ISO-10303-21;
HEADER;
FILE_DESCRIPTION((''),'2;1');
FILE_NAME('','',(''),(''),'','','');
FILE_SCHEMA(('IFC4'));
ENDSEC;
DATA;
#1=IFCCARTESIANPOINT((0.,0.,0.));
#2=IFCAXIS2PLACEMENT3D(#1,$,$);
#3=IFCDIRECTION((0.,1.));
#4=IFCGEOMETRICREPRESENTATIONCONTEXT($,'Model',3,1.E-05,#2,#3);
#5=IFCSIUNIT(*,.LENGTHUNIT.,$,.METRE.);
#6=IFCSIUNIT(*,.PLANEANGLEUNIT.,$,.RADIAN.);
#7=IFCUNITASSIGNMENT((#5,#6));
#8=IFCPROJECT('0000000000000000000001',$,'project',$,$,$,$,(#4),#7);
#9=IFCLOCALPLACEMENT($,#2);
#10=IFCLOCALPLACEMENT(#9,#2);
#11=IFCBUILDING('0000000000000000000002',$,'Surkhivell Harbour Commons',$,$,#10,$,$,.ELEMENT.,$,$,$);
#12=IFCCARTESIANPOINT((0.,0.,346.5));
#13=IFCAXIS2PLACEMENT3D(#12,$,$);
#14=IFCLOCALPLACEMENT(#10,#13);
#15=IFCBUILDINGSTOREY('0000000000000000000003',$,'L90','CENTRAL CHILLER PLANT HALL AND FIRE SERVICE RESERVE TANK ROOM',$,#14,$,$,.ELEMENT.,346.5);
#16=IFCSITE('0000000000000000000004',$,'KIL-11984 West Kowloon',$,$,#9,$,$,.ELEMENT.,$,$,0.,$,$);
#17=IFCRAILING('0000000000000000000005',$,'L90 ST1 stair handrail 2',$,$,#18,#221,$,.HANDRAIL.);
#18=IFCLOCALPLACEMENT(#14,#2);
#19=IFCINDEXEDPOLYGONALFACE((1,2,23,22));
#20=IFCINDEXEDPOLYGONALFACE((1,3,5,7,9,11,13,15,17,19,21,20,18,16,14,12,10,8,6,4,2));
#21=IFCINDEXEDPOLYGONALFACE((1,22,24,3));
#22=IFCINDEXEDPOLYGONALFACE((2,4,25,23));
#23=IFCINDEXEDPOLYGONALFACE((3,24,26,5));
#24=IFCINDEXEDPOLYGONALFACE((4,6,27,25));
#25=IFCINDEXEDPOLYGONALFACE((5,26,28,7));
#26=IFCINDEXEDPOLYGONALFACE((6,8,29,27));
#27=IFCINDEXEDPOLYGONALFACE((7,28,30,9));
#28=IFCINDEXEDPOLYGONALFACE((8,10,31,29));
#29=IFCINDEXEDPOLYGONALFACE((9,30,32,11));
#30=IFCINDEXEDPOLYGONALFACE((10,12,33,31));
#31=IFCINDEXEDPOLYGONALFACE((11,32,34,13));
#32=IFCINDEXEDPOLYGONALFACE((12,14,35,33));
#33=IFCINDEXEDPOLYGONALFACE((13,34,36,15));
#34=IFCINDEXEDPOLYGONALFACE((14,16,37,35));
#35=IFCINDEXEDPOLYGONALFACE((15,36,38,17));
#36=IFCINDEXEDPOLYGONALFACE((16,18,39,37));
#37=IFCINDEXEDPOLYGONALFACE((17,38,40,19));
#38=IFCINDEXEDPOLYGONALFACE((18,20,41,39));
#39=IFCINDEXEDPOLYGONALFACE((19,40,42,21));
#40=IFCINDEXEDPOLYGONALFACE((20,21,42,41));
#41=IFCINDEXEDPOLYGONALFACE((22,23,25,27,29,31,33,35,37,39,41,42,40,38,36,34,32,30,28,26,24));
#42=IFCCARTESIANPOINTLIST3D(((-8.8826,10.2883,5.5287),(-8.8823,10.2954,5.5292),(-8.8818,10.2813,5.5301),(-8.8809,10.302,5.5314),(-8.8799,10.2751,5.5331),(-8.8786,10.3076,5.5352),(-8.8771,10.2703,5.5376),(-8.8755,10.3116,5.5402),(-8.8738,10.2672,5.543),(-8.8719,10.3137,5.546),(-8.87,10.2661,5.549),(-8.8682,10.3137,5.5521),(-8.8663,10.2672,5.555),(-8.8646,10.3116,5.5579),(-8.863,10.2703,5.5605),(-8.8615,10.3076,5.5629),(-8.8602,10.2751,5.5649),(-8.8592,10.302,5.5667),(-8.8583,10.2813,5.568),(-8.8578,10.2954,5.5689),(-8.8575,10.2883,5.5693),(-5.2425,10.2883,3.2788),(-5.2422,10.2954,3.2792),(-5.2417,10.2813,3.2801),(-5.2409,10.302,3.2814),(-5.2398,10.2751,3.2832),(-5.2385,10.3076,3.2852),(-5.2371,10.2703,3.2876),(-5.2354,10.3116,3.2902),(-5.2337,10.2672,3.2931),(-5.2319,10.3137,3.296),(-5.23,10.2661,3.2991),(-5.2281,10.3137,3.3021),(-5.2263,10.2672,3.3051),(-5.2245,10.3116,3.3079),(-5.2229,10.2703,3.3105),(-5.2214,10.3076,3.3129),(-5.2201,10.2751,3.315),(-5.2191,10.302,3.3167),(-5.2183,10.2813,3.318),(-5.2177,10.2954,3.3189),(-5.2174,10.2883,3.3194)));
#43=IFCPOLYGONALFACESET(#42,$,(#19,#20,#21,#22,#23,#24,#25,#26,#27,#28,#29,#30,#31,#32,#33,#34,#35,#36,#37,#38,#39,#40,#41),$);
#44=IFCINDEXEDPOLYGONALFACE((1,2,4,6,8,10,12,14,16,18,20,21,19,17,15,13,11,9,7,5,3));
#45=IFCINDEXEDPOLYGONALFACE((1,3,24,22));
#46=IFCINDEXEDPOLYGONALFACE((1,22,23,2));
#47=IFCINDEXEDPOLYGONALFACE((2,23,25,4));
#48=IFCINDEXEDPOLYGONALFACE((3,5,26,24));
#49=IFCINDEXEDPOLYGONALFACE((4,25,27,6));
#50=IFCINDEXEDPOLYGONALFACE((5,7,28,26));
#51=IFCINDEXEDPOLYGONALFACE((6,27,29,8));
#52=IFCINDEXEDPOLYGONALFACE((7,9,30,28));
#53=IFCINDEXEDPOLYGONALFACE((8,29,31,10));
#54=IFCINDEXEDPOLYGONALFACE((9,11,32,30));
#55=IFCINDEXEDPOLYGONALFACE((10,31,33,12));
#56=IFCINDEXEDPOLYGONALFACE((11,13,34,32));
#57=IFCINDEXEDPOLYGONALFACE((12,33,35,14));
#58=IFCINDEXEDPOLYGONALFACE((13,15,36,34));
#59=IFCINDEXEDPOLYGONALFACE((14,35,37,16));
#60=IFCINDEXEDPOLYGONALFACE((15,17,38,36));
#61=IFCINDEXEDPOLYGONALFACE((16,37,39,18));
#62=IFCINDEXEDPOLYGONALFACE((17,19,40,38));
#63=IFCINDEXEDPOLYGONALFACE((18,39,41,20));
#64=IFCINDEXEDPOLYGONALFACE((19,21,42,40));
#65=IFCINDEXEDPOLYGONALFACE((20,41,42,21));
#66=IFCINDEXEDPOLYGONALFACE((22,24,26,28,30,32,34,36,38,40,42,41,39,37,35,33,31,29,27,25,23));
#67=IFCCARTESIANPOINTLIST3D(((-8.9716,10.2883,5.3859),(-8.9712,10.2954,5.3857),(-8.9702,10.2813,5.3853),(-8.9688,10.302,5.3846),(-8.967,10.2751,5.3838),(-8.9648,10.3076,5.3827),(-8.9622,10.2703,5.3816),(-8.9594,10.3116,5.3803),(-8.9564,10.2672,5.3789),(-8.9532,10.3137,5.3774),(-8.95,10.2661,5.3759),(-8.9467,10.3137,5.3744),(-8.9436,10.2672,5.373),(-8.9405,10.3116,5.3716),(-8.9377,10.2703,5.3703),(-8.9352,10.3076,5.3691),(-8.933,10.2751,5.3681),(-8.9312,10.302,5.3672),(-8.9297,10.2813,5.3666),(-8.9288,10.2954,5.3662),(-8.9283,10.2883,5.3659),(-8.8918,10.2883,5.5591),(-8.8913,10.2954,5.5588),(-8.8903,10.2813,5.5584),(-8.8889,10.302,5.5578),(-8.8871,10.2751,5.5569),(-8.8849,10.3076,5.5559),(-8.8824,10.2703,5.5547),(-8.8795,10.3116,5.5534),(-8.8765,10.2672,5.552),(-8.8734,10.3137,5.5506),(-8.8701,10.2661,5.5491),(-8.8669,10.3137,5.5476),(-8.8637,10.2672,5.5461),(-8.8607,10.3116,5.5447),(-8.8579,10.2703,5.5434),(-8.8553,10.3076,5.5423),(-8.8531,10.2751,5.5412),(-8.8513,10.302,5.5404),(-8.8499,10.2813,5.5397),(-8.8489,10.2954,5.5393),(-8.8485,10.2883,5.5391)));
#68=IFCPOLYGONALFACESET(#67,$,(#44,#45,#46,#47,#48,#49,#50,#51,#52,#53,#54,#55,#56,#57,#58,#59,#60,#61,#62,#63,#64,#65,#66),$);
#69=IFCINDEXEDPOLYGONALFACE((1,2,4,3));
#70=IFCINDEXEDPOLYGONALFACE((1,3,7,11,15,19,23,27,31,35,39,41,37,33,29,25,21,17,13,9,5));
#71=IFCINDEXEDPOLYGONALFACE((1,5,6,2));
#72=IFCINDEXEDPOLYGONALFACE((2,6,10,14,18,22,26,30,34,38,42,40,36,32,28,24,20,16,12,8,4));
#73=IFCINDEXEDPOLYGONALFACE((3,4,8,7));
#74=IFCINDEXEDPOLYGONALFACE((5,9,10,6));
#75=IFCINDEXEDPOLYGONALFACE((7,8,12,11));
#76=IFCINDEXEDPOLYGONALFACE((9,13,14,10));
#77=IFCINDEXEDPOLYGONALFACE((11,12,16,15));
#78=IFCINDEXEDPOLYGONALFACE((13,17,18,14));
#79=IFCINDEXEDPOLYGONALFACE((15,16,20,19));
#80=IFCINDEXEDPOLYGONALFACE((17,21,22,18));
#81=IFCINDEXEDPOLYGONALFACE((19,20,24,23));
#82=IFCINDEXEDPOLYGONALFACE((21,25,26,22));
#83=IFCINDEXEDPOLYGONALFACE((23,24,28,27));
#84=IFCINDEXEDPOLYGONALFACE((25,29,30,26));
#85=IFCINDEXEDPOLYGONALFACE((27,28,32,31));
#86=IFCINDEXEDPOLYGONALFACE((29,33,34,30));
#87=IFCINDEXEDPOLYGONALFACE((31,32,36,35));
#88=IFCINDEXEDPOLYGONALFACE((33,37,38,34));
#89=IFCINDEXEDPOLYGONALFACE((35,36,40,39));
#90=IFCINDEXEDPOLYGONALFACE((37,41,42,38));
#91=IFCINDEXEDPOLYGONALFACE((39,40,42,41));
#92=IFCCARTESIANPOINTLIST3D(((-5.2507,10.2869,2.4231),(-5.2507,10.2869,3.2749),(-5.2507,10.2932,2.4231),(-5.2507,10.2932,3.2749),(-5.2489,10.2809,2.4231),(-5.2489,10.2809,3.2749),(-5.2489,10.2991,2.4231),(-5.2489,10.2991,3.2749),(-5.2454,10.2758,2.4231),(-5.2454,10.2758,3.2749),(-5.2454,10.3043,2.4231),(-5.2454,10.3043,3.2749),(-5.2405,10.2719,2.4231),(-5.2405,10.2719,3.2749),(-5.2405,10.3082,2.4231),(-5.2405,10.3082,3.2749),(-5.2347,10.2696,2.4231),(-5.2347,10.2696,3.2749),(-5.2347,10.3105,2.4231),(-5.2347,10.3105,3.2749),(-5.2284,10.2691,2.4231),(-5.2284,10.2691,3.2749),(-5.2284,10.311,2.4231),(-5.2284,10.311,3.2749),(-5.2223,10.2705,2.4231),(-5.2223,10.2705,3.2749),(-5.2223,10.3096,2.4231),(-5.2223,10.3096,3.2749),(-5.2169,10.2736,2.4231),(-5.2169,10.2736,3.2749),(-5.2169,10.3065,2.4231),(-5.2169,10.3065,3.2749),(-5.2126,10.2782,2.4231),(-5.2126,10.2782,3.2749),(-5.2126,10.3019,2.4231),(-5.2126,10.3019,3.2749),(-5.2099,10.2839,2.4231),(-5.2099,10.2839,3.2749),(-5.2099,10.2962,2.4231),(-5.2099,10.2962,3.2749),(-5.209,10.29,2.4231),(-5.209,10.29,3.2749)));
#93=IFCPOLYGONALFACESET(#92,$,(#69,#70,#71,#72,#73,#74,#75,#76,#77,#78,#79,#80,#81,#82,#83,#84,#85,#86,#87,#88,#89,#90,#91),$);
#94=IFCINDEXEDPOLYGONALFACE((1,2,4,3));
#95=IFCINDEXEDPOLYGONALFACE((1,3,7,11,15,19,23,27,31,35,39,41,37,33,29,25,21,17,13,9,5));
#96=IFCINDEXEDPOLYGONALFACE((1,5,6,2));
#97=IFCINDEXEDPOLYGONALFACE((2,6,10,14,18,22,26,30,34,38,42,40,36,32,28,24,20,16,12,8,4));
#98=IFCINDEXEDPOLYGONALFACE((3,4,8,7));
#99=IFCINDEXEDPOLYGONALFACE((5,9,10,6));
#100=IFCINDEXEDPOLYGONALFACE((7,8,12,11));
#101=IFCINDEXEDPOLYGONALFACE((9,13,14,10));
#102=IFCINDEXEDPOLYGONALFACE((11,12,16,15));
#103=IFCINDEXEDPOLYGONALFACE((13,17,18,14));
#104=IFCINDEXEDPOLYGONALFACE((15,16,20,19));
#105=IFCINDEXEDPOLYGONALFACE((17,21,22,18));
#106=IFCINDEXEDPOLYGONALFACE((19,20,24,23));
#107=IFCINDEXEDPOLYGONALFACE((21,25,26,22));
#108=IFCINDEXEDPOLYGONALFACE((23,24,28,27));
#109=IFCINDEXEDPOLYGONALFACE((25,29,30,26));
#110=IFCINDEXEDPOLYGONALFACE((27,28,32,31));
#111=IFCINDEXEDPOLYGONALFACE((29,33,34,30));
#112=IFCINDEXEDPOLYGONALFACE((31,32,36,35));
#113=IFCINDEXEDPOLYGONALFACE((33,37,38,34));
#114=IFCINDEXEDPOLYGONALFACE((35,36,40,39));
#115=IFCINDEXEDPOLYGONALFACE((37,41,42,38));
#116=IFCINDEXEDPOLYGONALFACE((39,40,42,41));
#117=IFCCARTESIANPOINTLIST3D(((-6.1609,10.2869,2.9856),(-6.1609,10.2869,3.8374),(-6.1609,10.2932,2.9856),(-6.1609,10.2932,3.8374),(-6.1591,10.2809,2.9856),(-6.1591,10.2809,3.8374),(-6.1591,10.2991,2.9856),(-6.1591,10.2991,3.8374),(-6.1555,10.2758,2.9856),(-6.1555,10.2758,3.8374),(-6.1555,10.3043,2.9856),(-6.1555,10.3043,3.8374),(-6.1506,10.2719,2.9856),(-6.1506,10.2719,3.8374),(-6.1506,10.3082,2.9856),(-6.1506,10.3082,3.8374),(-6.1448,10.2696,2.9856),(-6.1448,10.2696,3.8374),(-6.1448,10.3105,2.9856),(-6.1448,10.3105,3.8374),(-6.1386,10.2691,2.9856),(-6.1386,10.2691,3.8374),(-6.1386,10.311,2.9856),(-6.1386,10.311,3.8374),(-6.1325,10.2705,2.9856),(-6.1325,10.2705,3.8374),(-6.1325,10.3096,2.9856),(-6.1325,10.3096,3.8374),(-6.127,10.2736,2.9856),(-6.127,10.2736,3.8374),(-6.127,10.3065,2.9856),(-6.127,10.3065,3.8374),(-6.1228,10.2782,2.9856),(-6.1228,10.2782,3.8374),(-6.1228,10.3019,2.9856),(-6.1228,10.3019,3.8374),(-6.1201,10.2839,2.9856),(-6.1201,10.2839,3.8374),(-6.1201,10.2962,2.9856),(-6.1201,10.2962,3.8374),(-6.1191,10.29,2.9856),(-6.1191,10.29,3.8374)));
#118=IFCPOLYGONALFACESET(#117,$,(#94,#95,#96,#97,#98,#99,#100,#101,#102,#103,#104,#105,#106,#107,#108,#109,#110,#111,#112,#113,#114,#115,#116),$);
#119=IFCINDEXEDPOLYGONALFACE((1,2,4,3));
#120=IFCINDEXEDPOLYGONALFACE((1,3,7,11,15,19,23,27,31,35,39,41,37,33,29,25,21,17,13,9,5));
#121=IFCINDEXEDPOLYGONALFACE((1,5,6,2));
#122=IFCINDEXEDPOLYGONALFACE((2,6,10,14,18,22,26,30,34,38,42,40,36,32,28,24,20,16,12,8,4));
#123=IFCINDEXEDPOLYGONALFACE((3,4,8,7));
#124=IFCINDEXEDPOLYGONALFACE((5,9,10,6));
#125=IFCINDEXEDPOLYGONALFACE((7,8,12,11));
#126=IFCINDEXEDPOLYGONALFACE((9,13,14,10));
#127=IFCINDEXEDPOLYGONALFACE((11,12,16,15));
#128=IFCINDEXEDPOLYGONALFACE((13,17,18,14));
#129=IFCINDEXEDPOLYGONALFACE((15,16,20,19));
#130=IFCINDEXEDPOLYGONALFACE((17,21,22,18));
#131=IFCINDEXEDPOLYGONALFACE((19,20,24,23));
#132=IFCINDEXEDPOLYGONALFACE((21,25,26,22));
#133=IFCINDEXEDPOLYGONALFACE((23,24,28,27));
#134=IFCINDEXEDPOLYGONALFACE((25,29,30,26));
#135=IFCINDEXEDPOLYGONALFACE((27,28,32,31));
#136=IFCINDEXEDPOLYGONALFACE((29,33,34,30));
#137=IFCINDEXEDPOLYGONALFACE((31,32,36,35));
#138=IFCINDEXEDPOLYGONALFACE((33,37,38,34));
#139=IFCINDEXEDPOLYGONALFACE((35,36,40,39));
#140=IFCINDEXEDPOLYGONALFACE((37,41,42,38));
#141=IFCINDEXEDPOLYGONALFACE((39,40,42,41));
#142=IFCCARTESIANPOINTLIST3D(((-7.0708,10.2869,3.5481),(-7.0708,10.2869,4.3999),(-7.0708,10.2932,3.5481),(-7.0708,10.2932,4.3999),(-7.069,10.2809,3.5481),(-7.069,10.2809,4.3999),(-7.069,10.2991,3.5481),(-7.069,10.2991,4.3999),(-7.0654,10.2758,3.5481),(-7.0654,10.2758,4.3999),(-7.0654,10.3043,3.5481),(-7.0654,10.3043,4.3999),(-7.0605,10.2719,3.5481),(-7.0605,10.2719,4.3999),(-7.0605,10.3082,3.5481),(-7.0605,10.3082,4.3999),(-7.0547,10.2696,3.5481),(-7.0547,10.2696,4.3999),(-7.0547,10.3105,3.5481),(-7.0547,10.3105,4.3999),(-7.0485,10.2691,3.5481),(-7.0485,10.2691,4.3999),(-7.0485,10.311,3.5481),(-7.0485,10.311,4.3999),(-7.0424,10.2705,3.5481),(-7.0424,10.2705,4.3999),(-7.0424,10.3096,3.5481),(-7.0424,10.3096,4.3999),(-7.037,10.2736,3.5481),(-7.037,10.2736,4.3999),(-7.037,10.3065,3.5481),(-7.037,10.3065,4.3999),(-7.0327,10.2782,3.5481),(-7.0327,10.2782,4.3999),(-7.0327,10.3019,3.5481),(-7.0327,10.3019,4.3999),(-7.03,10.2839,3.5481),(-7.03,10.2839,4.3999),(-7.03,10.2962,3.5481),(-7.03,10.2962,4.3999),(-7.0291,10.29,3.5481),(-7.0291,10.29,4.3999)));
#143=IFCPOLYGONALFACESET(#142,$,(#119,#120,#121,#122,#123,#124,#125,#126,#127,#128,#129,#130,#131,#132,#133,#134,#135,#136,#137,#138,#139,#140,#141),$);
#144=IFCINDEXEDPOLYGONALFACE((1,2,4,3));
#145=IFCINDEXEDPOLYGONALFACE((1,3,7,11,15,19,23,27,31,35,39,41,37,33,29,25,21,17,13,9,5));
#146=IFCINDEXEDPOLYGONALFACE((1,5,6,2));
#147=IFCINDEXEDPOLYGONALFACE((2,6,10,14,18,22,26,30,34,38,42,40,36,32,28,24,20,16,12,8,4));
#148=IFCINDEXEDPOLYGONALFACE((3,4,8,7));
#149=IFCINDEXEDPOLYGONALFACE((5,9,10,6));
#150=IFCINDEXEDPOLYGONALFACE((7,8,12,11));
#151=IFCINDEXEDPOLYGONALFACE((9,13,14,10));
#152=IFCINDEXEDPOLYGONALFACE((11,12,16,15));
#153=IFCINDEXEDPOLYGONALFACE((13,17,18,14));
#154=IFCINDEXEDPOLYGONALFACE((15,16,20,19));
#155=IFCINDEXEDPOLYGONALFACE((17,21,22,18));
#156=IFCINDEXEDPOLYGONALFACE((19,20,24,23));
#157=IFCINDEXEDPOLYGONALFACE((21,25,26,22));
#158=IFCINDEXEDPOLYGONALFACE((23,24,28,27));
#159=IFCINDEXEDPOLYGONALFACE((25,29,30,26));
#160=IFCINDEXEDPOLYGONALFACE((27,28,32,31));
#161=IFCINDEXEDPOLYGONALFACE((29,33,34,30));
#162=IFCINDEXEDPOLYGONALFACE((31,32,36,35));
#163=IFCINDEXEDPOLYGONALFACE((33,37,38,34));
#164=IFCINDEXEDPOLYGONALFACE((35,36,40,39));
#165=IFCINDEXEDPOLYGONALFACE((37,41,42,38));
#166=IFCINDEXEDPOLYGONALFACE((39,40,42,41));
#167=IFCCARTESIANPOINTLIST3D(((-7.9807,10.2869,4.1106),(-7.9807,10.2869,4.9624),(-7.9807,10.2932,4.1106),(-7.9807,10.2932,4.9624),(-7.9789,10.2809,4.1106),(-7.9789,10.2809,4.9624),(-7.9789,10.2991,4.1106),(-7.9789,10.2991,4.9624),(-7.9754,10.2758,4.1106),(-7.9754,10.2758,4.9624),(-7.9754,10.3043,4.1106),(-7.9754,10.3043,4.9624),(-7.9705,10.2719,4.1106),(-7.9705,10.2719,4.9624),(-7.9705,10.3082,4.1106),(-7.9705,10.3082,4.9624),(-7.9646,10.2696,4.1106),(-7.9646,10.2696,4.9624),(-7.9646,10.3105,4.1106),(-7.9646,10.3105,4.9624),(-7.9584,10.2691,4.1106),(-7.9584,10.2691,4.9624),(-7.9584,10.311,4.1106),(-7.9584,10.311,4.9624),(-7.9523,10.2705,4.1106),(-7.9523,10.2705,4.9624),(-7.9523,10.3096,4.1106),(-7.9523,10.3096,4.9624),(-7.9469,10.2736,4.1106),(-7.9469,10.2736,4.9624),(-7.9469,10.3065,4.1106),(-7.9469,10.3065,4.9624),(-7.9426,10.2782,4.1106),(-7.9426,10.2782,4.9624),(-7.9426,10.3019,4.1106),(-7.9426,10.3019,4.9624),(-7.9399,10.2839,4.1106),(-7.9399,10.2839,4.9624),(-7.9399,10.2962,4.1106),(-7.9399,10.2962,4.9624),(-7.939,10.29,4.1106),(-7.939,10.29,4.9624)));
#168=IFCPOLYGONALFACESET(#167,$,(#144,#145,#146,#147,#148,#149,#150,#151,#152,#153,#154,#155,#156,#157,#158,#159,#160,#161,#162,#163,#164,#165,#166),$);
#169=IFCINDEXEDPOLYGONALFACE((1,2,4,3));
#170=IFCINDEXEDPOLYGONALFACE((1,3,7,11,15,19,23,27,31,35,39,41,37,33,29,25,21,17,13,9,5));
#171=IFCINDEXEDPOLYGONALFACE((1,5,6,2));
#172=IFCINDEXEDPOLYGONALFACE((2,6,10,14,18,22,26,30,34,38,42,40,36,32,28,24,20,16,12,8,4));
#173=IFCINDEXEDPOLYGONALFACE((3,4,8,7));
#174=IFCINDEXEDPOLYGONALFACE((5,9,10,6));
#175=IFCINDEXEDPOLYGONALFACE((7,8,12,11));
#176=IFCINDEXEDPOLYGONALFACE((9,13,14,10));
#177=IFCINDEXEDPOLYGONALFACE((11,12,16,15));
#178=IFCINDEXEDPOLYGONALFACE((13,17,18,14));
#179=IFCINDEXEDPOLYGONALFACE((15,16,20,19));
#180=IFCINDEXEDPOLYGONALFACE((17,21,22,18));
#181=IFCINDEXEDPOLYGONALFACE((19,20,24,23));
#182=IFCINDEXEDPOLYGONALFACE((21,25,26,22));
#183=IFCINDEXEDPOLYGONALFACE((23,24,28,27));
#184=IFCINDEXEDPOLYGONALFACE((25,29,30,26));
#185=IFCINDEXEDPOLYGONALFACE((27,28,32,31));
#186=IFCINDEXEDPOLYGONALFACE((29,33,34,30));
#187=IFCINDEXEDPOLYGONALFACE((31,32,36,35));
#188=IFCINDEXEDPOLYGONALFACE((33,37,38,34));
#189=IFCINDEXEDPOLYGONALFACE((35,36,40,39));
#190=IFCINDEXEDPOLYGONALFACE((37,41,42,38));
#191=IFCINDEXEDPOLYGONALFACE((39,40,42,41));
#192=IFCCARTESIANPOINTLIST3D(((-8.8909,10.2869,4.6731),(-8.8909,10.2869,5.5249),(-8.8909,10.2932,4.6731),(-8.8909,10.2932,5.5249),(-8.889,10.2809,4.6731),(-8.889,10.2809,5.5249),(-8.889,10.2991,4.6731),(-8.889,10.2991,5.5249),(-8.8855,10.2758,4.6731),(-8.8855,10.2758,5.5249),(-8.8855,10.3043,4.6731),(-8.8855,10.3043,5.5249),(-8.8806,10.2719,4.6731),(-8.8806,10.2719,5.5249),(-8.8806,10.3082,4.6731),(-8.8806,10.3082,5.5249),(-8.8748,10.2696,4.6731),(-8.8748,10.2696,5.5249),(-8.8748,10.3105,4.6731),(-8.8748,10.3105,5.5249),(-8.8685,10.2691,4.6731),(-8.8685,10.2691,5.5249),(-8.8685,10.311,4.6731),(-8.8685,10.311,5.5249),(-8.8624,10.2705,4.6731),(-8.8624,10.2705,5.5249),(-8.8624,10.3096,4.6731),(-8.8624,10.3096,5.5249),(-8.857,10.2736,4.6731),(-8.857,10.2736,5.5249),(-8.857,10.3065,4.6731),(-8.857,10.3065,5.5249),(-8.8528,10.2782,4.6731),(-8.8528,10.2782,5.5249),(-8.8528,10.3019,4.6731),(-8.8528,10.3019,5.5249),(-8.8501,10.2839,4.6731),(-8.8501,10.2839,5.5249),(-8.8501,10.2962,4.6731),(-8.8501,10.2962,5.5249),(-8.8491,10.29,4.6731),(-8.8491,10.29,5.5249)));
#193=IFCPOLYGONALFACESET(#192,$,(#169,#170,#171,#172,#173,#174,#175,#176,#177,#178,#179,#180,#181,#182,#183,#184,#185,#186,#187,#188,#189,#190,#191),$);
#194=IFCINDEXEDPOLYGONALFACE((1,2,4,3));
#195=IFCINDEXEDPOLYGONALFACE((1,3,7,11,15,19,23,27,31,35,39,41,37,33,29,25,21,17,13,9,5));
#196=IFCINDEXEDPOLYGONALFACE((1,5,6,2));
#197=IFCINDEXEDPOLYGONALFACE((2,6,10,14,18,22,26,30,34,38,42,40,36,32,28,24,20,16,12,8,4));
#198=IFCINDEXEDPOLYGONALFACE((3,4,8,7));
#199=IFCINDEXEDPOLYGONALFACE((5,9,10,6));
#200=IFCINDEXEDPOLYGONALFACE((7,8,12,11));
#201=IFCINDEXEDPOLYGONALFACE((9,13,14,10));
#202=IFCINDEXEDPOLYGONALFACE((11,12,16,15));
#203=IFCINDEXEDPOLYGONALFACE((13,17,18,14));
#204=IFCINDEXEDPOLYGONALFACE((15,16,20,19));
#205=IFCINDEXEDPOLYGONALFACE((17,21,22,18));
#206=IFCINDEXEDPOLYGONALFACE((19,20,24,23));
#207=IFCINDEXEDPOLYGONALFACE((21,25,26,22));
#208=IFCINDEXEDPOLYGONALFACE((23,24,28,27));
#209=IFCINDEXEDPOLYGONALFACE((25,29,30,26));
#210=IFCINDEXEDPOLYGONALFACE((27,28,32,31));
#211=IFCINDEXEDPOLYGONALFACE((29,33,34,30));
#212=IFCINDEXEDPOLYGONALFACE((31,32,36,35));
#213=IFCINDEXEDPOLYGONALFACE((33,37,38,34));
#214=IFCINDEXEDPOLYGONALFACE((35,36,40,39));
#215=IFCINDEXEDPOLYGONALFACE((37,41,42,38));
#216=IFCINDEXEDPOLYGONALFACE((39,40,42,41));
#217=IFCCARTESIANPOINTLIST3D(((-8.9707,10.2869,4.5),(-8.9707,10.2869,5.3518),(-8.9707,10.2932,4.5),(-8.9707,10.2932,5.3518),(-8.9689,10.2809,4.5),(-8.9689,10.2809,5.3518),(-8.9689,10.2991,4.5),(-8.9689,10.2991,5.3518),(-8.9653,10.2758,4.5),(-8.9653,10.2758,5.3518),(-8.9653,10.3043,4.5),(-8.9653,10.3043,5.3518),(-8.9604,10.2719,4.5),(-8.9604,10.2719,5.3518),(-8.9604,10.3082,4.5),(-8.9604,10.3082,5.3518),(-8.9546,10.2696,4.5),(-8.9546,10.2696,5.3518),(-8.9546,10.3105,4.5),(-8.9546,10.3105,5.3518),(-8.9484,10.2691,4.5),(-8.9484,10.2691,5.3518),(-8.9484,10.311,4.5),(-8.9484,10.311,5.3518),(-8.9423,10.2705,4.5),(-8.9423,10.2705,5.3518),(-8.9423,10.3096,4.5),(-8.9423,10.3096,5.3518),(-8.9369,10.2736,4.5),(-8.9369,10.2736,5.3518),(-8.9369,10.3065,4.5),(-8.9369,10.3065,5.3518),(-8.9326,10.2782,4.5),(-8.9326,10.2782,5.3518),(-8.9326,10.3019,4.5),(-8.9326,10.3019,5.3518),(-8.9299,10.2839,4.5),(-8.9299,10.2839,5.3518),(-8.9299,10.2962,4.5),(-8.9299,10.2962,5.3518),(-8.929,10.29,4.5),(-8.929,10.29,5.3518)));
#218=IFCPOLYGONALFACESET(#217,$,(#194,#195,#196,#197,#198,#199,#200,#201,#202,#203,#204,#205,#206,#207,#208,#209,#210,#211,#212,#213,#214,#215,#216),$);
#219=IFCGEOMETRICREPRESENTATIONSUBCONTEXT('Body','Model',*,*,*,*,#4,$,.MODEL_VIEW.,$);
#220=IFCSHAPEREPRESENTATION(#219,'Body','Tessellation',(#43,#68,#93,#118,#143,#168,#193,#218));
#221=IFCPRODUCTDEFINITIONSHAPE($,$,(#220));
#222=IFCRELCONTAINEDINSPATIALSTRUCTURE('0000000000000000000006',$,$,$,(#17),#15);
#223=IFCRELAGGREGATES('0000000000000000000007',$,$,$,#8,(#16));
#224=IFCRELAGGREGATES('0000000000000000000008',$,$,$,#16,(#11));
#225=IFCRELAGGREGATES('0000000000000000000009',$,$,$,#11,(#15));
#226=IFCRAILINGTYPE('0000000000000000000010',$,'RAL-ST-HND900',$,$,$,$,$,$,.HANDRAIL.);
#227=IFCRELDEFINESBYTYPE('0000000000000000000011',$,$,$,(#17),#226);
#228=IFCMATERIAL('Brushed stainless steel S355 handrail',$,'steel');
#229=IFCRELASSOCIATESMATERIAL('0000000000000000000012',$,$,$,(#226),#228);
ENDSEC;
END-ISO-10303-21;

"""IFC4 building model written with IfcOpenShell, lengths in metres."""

from ifc_helpers import new_model, si_unit, direction, frame, origin, origin_2d, place, context, subcontext, project, spatial, circle, extrude, material, type_object, element, save


model = new_model("IFC4")

# Units and contexts
model_context = context("Model", 3, precision=1e-05, world=origin(), true_north=direction((0.0, 1.0)))
body_context = subcontext(model_context, "Body", "Model", "MODEL_VIEW")
ifc_project = project(units=[si_unit("LENGTHUNIT", "METRE"), si_unit("PLANEANGLEUNIT", "RADIAN")], contexts=[model_context])

# Site, building, storey
site_placement = place(None, origin())
site = spatial("IfcSite", under=ifc_project, at=site_placement, Name="KIL-11984 West Kowloon", CompositionType="ELEMENT", RefElevation=0.0)
building_placement = place(site_placement, origin())
building = spatial("IfcBuilding", under=site, at=building_placement, Name="Surkhivell Harbour Commons", CompositionType="ELEMENT")
storey_placement = place(building_placement, frame((0.0, 0.0, 346.5)))
storey = spatial("IfcBuildingStorey", under=building, at=storey_placement, Name="L90", Description="CENTRAL CHILLER PLANT HALL AND FIRE SERVICE RESERVE TANK ROOM", CompositionType="ELEMENT", Elevation=346.5)

# Railing
ifc_material_1 = material(Name="Brushed stainless steel S355 handrail", Category="steel")
railing_type_1 = type_object("IfcRailingType", Name="RAL-ST-HND900", PredefinedType="HANDRAIL", material=ifc_material_1)
railing_1_placement = place(storey_placement, frame((-5.23, 10.29, 2.4231)))
element("IfcRailing", 1, at=railing_1_placement, inside=storey, type_object=railing_type_1, Name="L90 ST1 stair handrail 2", PredefinedType="HANDRAIL", context=body_context, shape_type="SweptSolid", body=[
    extrude(circle(Radius=0.0239, at=origin_2d()), frame((0.0, 0.0, 0.876), z_axis=(-0.850622, 0.0, 0.525777), x_axis=(0.0, -1.0, 0.0)), (0.0, 0.0, 1.0), 4.2793),
    extrude(circle(Radius=0.0239, at=origin_2d()), frame((-3.6401, 0.0, 3.126), z_axis=(-0.418815, 0.0, -0.908072), x_axis=(0.0, -1.0, 0.0)), (0.0, 0.0, 1.0), 0.1907),
    extrude(circle(Radius=0.021, at=origin_2d()), origin(), (0.0, 0.0, 1.0), 0.8518),
    extrude(circle(Radius=0.021, at=origin_2d()), frame((-0.9102, 0.0, 0.5625)), (0.0, 0.0, 1.0), 0.8518),
    extrude(circle(Radius=0.021, at=origin_2d()), frame((-1.8201, 0.0, 1.125)), (0.0, 0.0, 1.0), 0.8518),
    extrude(circle(Radius=0.021, at=origin_2d()), frame((-2.73, 0.0, 1.6875)), (0.0, 0.0, 1.0), 0.8518),
    extrude(circle(Radius=0.021, at=origin_2d()), frame((-3.6401, 0.0, 2.25)), (0.0, 0.0, 1.0), 0.8518),
    extrude(circle(Radius=0.021, at=origin_2d()), frame((-3.72, 0.0, 2.0769)), (0.0, 0.0, 1.0), 0.8518),
])

save(model, "model.ifc")
